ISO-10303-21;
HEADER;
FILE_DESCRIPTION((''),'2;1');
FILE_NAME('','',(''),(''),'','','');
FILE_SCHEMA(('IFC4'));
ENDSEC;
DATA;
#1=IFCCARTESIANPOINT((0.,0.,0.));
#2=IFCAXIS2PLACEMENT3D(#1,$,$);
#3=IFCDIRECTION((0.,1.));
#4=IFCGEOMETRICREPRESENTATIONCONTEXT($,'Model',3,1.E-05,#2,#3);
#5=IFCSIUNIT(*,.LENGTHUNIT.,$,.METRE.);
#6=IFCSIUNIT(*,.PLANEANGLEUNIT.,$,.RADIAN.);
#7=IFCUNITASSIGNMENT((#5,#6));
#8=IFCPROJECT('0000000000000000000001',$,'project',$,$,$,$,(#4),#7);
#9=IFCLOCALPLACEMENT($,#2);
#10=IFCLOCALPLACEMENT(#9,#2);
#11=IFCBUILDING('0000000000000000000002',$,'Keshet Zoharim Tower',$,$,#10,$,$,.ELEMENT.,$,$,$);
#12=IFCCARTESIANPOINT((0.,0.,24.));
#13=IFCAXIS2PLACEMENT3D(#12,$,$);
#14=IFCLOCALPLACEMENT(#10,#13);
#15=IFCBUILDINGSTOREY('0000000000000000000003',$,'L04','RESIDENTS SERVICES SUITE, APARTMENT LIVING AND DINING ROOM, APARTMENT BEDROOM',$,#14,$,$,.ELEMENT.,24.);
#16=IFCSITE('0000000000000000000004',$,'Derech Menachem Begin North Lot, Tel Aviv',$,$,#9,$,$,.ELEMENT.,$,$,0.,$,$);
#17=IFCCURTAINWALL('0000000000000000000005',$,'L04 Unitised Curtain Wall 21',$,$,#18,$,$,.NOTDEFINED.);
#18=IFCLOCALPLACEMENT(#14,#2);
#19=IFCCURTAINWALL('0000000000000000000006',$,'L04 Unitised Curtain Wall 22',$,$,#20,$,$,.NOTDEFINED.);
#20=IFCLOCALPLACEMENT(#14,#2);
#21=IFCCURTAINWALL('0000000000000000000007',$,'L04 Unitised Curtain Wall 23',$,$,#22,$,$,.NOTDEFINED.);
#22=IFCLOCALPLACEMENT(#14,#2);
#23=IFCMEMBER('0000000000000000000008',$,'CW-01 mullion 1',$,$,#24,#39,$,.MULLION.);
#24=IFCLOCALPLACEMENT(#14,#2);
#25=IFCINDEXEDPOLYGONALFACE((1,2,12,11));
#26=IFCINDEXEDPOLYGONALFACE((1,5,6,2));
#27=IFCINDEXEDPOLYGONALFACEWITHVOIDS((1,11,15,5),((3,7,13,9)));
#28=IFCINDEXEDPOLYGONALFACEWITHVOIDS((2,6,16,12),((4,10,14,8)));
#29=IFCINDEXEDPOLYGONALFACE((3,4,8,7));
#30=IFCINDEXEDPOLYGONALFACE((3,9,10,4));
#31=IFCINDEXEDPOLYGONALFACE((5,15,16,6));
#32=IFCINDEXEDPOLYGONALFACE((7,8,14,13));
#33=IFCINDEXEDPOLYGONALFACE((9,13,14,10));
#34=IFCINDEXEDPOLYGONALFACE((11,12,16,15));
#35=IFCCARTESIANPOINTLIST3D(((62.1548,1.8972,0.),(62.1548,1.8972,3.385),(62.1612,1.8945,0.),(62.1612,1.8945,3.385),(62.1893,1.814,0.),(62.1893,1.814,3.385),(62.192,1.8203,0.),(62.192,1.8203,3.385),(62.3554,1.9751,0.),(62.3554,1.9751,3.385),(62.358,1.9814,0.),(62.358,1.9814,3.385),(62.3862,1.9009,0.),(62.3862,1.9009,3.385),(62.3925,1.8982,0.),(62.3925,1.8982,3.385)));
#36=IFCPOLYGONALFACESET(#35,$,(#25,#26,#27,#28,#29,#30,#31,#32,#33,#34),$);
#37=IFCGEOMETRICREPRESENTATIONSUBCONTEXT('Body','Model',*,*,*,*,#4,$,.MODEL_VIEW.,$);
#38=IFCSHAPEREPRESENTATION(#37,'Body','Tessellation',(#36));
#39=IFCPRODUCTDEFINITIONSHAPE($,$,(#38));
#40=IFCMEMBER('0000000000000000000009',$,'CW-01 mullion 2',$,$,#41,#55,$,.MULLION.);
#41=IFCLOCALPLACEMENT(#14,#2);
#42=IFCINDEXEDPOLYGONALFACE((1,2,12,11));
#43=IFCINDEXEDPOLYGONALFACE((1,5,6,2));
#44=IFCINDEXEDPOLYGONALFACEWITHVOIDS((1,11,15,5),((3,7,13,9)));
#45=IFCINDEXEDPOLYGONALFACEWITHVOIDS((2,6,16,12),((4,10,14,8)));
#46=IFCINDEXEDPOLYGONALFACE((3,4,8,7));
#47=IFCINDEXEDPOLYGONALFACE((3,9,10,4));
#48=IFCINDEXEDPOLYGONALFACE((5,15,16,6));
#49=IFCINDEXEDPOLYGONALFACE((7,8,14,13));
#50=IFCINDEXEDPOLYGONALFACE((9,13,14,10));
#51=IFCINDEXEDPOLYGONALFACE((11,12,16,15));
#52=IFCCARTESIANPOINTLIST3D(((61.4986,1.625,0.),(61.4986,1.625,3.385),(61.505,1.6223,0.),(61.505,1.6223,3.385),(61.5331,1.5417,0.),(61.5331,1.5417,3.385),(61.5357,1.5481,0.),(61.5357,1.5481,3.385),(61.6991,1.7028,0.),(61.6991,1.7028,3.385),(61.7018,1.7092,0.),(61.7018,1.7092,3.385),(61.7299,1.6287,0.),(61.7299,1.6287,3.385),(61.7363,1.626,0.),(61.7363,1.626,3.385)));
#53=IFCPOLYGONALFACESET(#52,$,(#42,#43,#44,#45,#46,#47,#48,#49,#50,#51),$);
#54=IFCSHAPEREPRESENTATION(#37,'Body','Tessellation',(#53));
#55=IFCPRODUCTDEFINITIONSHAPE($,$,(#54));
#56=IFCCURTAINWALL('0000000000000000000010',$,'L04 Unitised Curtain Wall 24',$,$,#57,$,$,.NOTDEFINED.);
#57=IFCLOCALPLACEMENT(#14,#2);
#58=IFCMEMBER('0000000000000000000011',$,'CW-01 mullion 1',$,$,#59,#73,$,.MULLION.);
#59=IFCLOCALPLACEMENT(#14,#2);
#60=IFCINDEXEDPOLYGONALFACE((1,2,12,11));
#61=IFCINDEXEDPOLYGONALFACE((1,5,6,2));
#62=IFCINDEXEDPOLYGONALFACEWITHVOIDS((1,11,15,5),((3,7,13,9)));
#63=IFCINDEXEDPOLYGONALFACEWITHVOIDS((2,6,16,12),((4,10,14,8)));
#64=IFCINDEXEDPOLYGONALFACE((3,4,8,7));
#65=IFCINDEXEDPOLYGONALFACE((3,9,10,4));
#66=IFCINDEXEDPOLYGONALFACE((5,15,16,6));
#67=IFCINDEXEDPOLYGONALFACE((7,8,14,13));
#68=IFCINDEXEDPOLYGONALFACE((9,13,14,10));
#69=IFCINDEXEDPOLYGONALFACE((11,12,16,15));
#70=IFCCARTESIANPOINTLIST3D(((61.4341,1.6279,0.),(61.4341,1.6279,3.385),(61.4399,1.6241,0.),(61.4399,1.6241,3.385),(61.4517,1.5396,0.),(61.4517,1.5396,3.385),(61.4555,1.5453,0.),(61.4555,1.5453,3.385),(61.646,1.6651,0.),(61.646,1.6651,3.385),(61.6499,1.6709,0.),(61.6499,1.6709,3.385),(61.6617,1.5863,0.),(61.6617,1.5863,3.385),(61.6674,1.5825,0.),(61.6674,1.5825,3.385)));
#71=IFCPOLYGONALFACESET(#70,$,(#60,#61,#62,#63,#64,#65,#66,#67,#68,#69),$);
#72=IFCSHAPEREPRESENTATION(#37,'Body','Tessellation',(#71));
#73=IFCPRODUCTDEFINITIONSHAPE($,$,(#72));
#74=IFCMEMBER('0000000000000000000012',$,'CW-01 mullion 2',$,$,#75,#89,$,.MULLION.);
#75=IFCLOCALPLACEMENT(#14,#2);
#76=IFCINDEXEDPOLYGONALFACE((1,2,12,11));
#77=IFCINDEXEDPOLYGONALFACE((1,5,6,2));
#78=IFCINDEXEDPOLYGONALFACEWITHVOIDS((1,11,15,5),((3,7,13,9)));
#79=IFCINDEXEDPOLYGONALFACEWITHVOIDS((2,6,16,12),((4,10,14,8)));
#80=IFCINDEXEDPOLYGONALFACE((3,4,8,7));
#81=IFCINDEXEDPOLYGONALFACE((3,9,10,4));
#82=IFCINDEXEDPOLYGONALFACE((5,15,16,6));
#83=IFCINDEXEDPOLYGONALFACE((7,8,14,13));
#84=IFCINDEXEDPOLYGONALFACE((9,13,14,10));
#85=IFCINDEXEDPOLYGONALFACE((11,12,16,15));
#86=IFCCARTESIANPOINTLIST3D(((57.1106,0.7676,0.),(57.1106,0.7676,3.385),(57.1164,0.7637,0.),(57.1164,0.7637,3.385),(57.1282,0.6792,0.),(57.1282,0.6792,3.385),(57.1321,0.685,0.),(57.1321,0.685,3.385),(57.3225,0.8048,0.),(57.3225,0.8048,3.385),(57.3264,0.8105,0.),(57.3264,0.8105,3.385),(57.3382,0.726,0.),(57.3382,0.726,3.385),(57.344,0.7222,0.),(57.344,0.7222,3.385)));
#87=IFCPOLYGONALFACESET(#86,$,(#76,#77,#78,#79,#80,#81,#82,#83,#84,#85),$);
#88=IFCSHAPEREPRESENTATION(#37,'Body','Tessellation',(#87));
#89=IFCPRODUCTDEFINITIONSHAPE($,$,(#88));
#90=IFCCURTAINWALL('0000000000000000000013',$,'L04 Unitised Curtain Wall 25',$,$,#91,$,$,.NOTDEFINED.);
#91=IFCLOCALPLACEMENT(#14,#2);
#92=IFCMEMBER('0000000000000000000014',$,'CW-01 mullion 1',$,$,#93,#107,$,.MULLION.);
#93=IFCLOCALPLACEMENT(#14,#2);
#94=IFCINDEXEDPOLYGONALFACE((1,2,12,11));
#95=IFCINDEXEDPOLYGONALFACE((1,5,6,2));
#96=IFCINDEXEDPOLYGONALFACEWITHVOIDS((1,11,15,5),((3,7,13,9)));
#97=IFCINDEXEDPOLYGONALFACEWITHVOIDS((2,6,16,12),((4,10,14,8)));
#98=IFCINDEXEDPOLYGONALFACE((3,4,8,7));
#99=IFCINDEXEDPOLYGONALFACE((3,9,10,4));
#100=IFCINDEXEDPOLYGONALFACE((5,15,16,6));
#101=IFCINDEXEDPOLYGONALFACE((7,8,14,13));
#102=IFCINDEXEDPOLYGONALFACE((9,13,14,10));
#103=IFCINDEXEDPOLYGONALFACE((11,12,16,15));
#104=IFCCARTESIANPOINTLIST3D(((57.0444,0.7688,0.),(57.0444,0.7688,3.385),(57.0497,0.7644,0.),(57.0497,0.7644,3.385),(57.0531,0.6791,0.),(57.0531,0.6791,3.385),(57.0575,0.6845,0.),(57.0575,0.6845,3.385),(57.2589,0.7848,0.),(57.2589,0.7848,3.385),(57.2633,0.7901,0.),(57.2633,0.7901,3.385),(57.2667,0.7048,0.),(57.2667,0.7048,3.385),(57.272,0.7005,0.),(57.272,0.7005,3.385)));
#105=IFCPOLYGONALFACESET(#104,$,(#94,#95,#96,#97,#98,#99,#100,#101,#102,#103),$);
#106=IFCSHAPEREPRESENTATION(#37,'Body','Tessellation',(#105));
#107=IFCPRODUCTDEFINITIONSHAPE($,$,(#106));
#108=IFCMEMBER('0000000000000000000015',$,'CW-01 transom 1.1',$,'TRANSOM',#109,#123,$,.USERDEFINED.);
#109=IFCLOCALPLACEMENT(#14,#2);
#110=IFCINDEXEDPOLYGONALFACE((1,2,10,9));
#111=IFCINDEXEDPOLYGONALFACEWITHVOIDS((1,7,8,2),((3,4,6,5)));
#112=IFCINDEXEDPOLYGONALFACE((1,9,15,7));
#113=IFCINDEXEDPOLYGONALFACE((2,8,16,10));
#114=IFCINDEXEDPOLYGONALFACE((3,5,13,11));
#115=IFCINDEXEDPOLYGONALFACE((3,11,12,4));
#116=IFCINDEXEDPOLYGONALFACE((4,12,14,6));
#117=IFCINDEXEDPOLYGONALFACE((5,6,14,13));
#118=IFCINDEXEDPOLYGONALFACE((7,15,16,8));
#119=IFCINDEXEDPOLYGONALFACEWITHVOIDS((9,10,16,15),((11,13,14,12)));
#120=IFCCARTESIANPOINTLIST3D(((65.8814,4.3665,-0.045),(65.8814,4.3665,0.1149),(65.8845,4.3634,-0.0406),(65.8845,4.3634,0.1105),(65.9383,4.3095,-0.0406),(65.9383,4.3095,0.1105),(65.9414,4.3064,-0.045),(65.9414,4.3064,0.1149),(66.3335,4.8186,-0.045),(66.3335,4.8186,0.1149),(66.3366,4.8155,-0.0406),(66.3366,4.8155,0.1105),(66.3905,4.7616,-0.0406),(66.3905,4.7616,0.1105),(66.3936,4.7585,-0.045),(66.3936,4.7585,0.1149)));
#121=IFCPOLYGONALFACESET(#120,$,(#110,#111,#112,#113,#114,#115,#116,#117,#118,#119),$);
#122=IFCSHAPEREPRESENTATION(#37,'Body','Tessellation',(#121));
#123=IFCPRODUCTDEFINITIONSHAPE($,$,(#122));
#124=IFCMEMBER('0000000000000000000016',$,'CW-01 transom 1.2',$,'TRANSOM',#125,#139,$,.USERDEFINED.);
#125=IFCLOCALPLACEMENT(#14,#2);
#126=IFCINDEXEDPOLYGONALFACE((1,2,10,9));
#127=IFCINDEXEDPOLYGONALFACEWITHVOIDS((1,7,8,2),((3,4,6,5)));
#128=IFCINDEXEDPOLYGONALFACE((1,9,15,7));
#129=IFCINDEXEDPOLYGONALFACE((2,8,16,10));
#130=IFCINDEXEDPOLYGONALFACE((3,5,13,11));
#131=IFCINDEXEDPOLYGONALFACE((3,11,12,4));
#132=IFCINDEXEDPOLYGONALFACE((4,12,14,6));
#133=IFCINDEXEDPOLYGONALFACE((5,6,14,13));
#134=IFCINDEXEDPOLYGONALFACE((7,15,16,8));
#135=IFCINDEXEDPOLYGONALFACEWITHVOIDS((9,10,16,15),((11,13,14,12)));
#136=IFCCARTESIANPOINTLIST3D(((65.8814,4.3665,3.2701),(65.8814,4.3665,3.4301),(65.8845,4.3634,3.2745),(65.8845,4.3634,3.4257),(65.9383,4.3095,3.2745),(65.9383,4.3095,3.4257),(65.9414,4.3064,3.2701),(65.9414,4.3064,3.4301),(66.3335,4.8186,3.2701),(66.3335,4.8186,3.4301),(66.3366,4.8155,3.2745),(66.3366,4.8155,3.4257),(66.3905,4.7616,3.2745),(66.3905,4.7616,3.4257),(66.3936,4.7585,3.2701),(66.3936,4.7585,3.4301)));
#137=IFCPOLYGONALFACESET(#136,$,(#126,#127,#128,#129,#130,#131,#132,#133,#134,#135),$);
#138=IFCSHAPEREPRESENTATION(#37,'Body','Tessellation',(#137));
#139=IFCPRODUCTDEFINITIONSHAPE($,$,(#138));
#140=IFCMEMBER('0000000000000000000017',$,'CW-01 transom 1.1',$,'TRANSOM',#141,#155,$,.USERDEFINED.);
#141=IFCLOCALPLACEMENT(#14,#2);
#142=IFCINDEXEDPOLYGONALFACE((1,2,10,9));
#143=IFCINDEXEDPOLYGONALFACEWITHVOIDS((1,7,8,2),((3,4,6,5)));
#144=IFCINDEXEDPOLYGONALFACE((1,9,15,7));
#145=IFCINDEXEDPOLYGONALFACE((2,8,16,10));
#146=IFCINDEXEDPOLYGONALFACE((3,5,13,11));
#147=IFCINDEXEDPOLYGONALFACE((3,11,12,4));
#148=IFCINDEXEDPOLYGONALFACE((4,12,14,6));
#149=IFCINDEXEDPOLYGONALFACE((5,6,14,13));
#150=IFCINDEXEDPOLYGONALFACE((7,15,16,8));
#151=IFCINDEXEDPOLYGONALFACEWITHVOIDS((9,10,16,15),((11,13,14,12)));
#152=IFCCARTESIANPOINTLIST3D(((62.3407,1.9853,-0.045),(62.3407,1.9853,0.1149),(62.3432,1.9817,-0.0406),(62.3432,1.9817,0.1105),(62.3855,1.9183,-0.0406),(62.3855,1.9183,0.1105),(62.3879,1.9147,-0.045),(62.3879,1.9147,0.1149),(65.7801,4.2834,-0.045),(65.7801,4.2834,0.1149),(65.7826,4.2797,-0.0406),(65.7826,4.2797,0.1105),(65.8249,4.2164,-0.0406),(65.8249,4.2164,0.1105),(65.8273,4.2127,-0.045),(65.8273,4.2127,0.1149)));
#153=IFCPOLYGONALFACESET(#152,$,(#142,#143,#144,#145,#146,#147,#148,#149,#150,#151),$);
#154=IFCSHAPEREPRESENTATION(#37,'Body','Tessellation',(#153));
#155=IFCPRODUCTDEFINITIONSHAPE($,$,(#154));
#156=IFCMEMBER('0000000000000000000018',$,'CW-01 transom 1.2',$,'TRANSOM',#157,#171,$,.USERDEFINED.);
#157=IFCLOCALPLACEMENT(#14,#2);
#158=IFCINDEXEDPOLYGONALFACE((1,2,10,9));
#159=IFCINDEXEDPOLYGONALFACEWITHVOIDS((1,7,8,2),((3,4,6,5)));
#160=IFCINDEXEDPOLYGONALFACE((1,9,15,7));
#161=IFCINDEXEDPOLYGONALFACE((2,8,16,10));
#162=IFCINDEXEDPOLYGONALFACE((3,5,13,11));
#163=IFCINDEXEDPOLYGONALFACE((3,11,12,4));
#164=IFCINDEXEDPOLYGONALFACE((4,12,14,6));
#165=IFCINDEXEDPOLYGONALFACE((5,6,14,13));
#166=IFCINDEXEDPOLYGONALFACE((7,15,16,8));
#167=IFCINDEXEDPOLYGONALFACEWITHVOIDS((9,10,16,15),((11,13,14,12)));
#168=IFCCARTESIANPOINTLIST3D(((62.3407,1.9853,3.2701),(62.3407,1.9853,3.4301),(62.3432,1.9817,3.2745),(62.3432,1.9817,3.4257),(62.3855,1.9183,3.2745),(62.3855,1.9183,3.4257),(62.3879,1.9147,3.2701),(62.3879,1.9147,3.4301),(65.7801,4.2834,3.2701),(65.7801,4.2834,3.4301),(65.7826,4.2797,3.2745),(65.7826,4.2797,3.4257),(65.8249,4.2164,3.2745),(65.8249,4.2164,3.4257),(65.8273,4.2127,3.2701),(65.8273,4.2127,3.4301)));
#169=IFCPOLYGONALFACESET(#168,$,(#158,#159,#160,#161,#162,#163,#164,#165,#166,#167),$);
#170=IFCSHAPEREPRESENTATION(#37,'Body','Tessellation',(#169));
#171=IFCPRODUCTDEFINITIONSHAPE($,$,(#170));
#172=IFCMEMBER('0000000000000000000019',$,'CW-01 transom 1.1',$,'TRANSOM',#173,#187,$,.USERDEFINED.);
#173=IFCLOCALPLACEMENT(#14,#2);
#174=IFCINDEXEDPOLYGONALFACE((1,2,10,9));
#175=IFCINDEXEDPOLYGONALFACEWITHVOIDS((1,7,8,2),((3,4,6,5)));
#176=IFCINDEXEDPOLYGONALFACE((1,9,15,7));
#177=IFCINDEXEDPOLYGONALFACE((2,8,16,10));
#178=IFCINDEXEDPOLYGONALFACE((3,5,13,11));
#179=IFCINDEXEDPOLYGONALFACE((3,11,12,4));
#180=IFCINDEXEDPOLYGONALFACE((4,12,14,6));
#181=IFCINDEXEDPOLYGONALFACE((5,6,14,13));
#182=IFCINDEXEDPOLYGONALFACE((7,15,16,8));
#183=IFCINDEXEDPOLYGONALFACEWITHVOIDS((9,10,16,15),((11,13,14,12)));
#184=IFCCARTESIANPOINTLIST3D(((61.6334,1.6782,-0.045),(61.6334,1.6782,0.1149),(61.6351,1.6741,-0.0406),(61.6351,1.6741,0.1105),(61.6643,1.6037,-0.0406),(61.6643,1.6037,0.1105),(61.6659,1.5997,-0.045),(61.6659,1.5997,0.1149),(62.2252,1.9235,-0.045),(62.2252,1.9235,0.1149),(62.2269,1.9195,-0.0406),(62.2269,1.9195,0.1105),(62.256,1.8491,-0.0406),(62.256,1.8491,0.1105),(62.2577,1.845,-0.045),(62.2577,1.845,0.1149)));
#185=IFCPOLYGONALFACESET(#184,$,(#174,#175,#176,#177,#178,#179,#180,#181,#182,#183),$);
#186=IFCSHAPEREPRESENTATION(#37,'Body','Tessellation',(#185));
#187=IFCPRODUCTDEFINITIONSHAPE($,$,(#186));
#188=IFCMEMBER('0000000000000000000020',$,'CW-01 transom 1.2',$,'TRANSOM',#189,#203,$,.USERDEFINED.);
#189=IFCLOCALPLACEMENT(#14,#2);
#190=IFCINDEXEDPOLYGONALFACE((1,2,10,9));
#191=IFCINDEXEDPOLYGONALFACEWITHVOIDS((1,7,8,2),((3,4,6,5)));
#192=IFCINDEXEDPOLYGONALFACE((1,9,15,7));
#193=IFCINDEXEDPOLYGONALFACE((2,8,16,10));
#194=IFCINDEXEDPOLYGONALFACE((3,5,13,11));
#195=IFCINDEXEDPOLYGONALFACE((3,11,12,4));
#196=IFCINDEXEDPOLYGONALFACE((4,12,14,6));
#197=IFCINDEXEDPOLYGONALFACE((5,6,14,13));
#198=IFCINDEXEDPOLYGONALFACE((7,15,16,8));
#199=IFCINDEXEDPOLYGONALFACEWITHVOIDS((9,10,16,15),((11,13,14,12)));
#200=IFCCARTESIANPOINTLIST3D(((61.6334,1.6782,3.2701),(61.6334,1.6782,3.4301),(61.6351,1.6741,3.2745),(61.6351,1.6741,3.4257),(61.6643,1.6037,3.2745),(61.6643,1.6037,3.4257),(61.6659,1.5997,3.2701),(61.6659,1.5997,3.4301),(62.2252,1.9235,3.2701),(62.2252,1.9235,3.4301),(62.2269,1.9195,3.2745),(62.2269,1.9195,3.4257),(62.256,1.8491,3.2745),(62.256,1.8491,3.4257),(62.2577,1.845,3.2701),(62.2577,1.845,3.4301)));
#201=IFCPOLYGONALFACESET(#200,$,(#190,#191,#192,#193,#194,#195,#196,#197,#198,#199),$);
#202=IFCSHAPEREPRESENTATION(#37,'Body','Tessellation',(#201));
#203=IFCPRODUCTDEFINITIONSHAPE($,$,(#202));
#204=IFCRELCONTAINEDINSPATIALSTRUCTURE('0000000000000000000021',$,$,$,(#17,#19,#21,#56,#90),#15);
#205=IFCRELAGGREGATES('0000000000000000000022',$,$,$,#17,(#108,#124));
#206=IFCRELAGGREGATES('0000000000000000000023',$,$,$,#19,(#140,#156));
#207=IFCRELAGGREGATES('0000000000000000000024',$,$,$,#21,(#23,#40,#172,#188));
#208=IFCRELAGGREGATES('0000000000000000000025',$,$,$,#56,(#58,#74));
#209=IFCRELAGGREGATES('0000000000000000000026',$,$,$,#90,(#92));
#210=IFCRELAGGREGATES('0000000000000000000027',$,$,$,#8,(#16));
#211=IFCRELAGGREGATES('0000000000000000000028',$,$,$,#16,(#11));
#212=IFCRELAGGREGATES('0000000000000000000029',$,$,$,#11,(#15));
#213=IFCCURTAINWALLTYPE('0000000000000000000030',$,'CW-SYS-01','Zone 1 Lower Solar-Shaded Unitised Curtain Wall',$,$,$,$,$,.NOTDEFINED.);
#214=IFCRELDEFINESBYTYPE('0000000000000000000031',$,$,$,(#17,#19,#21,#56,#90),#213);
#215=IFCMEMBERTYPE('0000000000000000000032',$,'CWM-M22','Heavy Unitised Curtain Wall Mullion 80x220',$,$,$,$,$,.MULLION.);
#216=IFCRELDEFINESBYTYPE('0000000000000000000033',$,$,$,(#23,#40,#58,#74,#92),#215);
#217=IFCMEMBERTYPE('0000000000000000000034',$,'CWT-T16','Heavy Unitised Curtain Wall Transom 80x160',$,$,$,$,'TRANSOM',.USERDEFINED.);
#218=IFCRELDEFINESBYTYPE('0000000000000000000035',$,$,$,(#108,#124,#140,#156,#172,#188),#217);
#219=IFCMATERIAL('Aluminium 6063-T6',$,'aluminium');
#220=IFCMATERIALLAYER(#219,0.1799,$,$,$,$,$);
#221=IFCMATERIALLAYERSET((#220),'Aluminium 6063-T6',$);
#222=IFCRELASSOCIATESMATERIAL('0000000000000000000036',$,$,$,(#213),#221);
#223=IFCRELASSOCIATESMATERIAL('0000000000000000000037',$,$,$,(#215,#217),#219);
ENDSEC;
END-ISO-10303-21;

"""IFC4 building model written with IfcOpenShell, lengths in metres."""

from ifc_helpers import new_model, si_unit, direction, frame, origin, origin_2d, place, context, subcontext, project, spatial, hollow_rectangle, extrude, material, layer, layer_set, material_profile, profile_set, type_object, element, aggregate, save


model = new_model("IFC4")

# Units and contexts
model_context = context("Model", 3, precision=1e-05, world=origin(), true_north=direction((0.0, 1.0)))
body_context = subcontext(model_context, "Body", "Model", "MODEL_VIEW")
ifc_project = project(units=[si_unit("LENGTHUNIT", "METRE"), si_unit("PLANEANGLEUNIT", "RADIAN")], contexts=[model_context])

# Site, building, storey
site_placement = place(None, origin())
site = spatial("IfcSite", under=ifc_project, at=site_placement, Name="Derech Menachem Begin North Lot, Tel Aviv", CompositionType="ELEMENT", RefElevation=0.0)
building_placement = place(site_placement, origin())
building = spatial("IfcBuilding", under=site, at=building_placement, Name="Keshet Zoharim Tower", CompositionType="ELEMENT")
storey_placement = place(building_placement, frame((0.0, 0.0, 24.0)))
storey = spatial("IfcBuildingStorey", under=building, at=storey_placement, Name="L04", Description="RESIDENTS SERVICES SUITE, APARTMENT LIVING AND DINING ROOM, APARTMENT BEDROOM", CompositionType="ELEMENT", Elevation=24.0)

# Shared definitions
ifc_material_1 = material(Name="Aluminium 6063-T6", Category="aluminium")
ifc_layer_1 = layer(ifc_material_1, 0.1799)
ifc_layer_set_1 = layer_set([ifc_layer_1], Name="Aluminium 6063-T6")
curtain_wall_type = type_object("IfcCurtainWallType", Name="CW-SYS-01", Description="Zone 1 Lower Solar-Shaded Unitised Curtain Wall", PredefinedType="NOTDEFINED", material=ifc_layer_set_1)
ifc_material_profile_1 = material_profile(ifc_material_1, hollow_rectangle(XDim=0.0901, YDim=0.22, WallThickness=0.0049, at=origin_2d()), Name="MUL-90x220")
ifc_profile_set_1 = profile_set([ifc_material_profile_1], Name="Aluminium 6063-T6")
member_type_1 = type_object("IfcMemberType", Name="CWM-M22", Description="Heavy Unitised Curtain Wall Mullion 80x220", PredefinedType="MULLION", material=ifc_profile_set_1)

# Curtain walls, members
curtain_wall_1_placement = place(storey_placement, origin())
curtain_wall_1 = element("IfcCurtainWall", 1, at=curtain_wall_1_placement, inside=storey, type_object=curtain_wall_type, Name="L04 Unitised Curtain Wall 21", PredefinedType="NOTDEFINED")
curtain_wall_2_placement = place(storey_placement, origin())
curtain_wall_2 = element("IfcCurtainWall", 2, at=curtain_wall_2_placement, inside=storey, type_object=curtain_wall_type, Name="L04 Unitised Curtain Wall 22", PredefinedType="NOTDEFINED")
curtain_wall_3_placement = place(storey_placement, origin())
curtain_wall_3 = element("IfcCurtainWall", 3, at=curtain_wall_3_placement, inside=storey, type_object=curtain_wall_type, Name="L04 Unitised Curtain Wall 23", PredefinedType="NOTDEFINED")
member_1_placement = place(storey_placement, frame((62.2737, 1.8977, 0.0), z_axis=(0.0, 0.0, 1.0), x_axis=(0.383068, -0.92372, 0.0)))
member_1 = element("IfcMember", 4, at=member_1_placement, type_object=member_type_1, Name="CW-01 mullion 1", PredefinedType="MULLION", context=body_context, shape_type="SweptSolid", body=[
    extrude(hollow_rectangle(XDim=0.0901, YDim=0.22, WallThickness=0.0049, at=origin_2d()), origin(), (0.0, 0.0, 1.0), 3.385),
])
member_2_placement = place(storey_placement, frame((61.6174, 1.6255, 0.0), z_axis=(0.0, 0.0, 1.0), x_axis=(0.383068, -0.92372, 0.0)))
member_2 = element("IfcMember", 5, at=member_2_placement, type_object=member_type_1, Name="CW-01 mullion 2", PredefinedType="MULLION", context=body_context, shape_type="SweptSolid", body=[
    extrude(hollow_rectangle(XDim=0.0901, YDim=0.22, WallThickness=0.0049, at=origin_2d()), origin(), (0.0, 0.0, 1.0), 3.385),
])
curtain_wall_4_placement = place(storey_placement, origin())
curtain_wall_4 = element("IfcCurtainWall", 6, at=curtain_wall_4_placement, inside=storey, type_object=curtain_wall_type, Name="L04 Unitised Curtain Wall 24", PredefinedType="NOTDEFINED")
member_3_placement = place(storey_placement, frame((61.5508, 1.6052, 0.0), z_axis=(0.0, 0.0, 1.0), x_axis=(0.195171, -0.980769, 0.0)))
member_3 = element("IfcMember", 7, at=member_3_placement, type_object=member_type_1, Name="CW-01 mullion 1", PredefinedType="MULLION", context=body_context, shape_type="SweptSolid", body=[
    extrude(hollow_rectangle(XDim=0.0901, YDim=0.22, WallThickness=0.0049, at=origin_2d()), origin(), (0.0, 0.0, 1.0), 3.385),
])
member_4_placement = place(storey_placement, frame((57.2273, 0.7449, 0.0), z_axis=(0.0, 0.0, 1.0), x_axis=(0.195171, -0.980769, 0.0)))
member_4 = element("IfcMember", 8, at=member_4_placement, type_object=member_type_1, Name="CW-01 mullion 2", PredefinedType="MULLION", context=body_context, shape_type="SweptSolid", body=[
    extrude(hollow_rectangle(XDim=0.0901, YDim=0.22, WallThickness=0.0049, at=origin_2d()), origin(), (0.0, 0.0, 1.0), 3.385),
])

# Curtain wall, member
curtain_wall_5_placement = place(storey_placement, origin())
curtain_wall_5 = element("IfcCurtainWall", 9, at=curtain_wall_5_placement, inside=storey, type_object=curtain_wall_type, Name="L04 Unitised Curtain Wall 25", PredefinedType="NOTDEFINED")
member_5_placement = place(storey_placement, frame((57.1582, 0.7346, 0.0), z_axis=(0.0, 0.0, 1.0), x_axis=(0.096977, -0.995287, 0.0)))
member_5 = element("IfcMember", 10, at=member_5_placement, type_object=member_type_1, Name="CW-01 mullion 1", PredefinedType="MULLION", context=body_context, shape_type="SweptSolid", body=[
    extrude(hollow_rectangle(XDim=0.0901, YDim=0.22, WallThickness=0.0049, at=origin_2d()), origin(), (0.0, 0.0, 1.0), 3.385),
])

# Members
ifc_material_profile_2 = material_profile(ifc_material_1, hollow_rectangle(XDim=0.085, YDim=0.1599, WallThickness=0.0044, at=origin_2d()), Name="TRN-85x160")
ifc_profile_set_2 = profile_set([ifc_material_profile_2], Name="Aluminium 6063-T6")
member_type_2 = type_object("IfcMemberType", Name="CWT-T16", Description="Heavy Unitised Curtain Wall Transom 80x160", ElementType="TRANSOM", PredefinedType="USERDEFINED", material=ifc_profile_set_2)
member_6_placement = place(storey_placement, frame((66.3635, 4.7886, 0.0349), z_axis=(-0.707107, -0.707107, 0.0), x_axis=(0.707107, -0.707107, 0.0)))
member_6 = element("IfcMember", 11, at=member_6_placement, type_object=member_type_2, Name="CW-01 transom 1.1", ObjectType="TRANSOM", PredefinedType="USERDEFINED", context=body_context, shape_type="SweptSolid", body=[
    extrude(hollow_rectangle(XDim=0.085, YDim=0.1599, WallThickness=0.0044, at=origin_2d()), origin(), (0.0, 0.0, 1.0), 0.6394),
])
member_7_placement = place(storey_placement, frame((66.3635, 4.7886, 3.3501), z_axis=(-0.707107, -0.707107, 0.0), x_axis=(0.707107, -0.707107, 0.0)))
member_7 = element("IfcMember", 12, at=member_7_placement, type_object=member_type_2, Name="CW-01 transom 1.2", ObjectType="TRANSOM", PredefinedType="USERDEFINED", context=body_context, shape_type="SweptSolid", body=[
    extrude(hollow_rectangle(XDim=0.085, YDim=0.1599, WallThickness=0.0044, at=origin_2d()), origin(), (0.0, 0.0, 1.0), 0.6394),
])
member_8_placement = place(storey_placement, frame((65.8037, 4.248, 0.0349), z_axis=(-0.831478, -0.555558, 0.0), x_axis=(0.555558, -0.831478, 0.0)))
member_8 = element("IfcMember", 13, at=member_8_placement, type_object=member_type_2, Name="CW-01 transom 1.1", ObjectType="TRANSOM", PredefinedType="USERDEFINED", context=body_context, shape_type="SweptSolid", body=[
    extrude(hollow_rectangle(XDim=0.085, YDim=0.1599, WallThickness=0.0044, at=origin_2d()), origin(), (0.0, 0.0, 1.0), 4.1365),
])
member_9_placement = place(storey_placement, frame((65.8037, 4.248, 3.3501), z_axis=(-0.831478, -0.555558, 0.0), x_axis=(0.555558, -0.831478, 0.0)))
member_9 = element("IfcMember", 14, at=member_9_placement, type_object=member_type_2, Name="CW-01 transom 1.2", ObjectType="TRANSOM", PredefinedType="USERDEFINED", context=body_context, shape_type="SweptSolid", body=[
    extrude(hollow_rectangle(XDim=0.085, YDim=0.1599, WallThickness=0.0044, at=origin_2d()), origin(), (0.0, 0.0, 1.0), 4.1365),
])
member_10_placement = place(storey_placement, frame((62.2415, 1.8843, 0.0349), z_axis=(-0.923752, -0.382991, 0.0), x_axis=(0.382991, -0.923752, 0.0)))
member_10 = element("IfcMember", 15, at=member_10_placement, type_object=member_type_2, Name="CW-01 transom 1.1", ObjectType="TRANSOM", PredefinedType="USERDEFINED", context=body_context, shape_type="SweptSolid", body=[
    extrude(hollow_rectangle(XDim=0.085, YDim=0.1599, WallThickness=0.0044, at=origin_2d()), origin(), (0.0, 0.0, 1.0), 0.6406),
])
member_11_placement = place(storey_placement, frame((62.2415, 1.8843, 3.3501), z_axis=(-0.923752, -0.382991, 0.0), x_axis=(0.382991, -0.923752, 0.0)))
member_11 = element("IfcMember", 16, at=member_11_placement, type_object=member_type_2, Name="CW-01 transom 1.2", ObjectType="TRANSOM", PredefinedType="USERDEFINED", context=body_context, shape_type="SweptSolid", body=[
    extrude(hollow_rectangle(XDim=0.085, YDim=0.1599, WallThickness=0.0044, at=origin_2d()), origin(), (0.0, 0.0, 1.0), 0.6406),
])

aggregate(curtain_wall_1, [member_6, member_7])
aggregate(curtain_wall_2, [member_8, member_9])
aggregate(curtain_wall_3, [member_1, member_2, member_10, member_11])
aggregate(curtain_wall_4, [member_3, member_4])
aggregate(curtain_wall_5, [member_5])

save(model, "model.ifc")
